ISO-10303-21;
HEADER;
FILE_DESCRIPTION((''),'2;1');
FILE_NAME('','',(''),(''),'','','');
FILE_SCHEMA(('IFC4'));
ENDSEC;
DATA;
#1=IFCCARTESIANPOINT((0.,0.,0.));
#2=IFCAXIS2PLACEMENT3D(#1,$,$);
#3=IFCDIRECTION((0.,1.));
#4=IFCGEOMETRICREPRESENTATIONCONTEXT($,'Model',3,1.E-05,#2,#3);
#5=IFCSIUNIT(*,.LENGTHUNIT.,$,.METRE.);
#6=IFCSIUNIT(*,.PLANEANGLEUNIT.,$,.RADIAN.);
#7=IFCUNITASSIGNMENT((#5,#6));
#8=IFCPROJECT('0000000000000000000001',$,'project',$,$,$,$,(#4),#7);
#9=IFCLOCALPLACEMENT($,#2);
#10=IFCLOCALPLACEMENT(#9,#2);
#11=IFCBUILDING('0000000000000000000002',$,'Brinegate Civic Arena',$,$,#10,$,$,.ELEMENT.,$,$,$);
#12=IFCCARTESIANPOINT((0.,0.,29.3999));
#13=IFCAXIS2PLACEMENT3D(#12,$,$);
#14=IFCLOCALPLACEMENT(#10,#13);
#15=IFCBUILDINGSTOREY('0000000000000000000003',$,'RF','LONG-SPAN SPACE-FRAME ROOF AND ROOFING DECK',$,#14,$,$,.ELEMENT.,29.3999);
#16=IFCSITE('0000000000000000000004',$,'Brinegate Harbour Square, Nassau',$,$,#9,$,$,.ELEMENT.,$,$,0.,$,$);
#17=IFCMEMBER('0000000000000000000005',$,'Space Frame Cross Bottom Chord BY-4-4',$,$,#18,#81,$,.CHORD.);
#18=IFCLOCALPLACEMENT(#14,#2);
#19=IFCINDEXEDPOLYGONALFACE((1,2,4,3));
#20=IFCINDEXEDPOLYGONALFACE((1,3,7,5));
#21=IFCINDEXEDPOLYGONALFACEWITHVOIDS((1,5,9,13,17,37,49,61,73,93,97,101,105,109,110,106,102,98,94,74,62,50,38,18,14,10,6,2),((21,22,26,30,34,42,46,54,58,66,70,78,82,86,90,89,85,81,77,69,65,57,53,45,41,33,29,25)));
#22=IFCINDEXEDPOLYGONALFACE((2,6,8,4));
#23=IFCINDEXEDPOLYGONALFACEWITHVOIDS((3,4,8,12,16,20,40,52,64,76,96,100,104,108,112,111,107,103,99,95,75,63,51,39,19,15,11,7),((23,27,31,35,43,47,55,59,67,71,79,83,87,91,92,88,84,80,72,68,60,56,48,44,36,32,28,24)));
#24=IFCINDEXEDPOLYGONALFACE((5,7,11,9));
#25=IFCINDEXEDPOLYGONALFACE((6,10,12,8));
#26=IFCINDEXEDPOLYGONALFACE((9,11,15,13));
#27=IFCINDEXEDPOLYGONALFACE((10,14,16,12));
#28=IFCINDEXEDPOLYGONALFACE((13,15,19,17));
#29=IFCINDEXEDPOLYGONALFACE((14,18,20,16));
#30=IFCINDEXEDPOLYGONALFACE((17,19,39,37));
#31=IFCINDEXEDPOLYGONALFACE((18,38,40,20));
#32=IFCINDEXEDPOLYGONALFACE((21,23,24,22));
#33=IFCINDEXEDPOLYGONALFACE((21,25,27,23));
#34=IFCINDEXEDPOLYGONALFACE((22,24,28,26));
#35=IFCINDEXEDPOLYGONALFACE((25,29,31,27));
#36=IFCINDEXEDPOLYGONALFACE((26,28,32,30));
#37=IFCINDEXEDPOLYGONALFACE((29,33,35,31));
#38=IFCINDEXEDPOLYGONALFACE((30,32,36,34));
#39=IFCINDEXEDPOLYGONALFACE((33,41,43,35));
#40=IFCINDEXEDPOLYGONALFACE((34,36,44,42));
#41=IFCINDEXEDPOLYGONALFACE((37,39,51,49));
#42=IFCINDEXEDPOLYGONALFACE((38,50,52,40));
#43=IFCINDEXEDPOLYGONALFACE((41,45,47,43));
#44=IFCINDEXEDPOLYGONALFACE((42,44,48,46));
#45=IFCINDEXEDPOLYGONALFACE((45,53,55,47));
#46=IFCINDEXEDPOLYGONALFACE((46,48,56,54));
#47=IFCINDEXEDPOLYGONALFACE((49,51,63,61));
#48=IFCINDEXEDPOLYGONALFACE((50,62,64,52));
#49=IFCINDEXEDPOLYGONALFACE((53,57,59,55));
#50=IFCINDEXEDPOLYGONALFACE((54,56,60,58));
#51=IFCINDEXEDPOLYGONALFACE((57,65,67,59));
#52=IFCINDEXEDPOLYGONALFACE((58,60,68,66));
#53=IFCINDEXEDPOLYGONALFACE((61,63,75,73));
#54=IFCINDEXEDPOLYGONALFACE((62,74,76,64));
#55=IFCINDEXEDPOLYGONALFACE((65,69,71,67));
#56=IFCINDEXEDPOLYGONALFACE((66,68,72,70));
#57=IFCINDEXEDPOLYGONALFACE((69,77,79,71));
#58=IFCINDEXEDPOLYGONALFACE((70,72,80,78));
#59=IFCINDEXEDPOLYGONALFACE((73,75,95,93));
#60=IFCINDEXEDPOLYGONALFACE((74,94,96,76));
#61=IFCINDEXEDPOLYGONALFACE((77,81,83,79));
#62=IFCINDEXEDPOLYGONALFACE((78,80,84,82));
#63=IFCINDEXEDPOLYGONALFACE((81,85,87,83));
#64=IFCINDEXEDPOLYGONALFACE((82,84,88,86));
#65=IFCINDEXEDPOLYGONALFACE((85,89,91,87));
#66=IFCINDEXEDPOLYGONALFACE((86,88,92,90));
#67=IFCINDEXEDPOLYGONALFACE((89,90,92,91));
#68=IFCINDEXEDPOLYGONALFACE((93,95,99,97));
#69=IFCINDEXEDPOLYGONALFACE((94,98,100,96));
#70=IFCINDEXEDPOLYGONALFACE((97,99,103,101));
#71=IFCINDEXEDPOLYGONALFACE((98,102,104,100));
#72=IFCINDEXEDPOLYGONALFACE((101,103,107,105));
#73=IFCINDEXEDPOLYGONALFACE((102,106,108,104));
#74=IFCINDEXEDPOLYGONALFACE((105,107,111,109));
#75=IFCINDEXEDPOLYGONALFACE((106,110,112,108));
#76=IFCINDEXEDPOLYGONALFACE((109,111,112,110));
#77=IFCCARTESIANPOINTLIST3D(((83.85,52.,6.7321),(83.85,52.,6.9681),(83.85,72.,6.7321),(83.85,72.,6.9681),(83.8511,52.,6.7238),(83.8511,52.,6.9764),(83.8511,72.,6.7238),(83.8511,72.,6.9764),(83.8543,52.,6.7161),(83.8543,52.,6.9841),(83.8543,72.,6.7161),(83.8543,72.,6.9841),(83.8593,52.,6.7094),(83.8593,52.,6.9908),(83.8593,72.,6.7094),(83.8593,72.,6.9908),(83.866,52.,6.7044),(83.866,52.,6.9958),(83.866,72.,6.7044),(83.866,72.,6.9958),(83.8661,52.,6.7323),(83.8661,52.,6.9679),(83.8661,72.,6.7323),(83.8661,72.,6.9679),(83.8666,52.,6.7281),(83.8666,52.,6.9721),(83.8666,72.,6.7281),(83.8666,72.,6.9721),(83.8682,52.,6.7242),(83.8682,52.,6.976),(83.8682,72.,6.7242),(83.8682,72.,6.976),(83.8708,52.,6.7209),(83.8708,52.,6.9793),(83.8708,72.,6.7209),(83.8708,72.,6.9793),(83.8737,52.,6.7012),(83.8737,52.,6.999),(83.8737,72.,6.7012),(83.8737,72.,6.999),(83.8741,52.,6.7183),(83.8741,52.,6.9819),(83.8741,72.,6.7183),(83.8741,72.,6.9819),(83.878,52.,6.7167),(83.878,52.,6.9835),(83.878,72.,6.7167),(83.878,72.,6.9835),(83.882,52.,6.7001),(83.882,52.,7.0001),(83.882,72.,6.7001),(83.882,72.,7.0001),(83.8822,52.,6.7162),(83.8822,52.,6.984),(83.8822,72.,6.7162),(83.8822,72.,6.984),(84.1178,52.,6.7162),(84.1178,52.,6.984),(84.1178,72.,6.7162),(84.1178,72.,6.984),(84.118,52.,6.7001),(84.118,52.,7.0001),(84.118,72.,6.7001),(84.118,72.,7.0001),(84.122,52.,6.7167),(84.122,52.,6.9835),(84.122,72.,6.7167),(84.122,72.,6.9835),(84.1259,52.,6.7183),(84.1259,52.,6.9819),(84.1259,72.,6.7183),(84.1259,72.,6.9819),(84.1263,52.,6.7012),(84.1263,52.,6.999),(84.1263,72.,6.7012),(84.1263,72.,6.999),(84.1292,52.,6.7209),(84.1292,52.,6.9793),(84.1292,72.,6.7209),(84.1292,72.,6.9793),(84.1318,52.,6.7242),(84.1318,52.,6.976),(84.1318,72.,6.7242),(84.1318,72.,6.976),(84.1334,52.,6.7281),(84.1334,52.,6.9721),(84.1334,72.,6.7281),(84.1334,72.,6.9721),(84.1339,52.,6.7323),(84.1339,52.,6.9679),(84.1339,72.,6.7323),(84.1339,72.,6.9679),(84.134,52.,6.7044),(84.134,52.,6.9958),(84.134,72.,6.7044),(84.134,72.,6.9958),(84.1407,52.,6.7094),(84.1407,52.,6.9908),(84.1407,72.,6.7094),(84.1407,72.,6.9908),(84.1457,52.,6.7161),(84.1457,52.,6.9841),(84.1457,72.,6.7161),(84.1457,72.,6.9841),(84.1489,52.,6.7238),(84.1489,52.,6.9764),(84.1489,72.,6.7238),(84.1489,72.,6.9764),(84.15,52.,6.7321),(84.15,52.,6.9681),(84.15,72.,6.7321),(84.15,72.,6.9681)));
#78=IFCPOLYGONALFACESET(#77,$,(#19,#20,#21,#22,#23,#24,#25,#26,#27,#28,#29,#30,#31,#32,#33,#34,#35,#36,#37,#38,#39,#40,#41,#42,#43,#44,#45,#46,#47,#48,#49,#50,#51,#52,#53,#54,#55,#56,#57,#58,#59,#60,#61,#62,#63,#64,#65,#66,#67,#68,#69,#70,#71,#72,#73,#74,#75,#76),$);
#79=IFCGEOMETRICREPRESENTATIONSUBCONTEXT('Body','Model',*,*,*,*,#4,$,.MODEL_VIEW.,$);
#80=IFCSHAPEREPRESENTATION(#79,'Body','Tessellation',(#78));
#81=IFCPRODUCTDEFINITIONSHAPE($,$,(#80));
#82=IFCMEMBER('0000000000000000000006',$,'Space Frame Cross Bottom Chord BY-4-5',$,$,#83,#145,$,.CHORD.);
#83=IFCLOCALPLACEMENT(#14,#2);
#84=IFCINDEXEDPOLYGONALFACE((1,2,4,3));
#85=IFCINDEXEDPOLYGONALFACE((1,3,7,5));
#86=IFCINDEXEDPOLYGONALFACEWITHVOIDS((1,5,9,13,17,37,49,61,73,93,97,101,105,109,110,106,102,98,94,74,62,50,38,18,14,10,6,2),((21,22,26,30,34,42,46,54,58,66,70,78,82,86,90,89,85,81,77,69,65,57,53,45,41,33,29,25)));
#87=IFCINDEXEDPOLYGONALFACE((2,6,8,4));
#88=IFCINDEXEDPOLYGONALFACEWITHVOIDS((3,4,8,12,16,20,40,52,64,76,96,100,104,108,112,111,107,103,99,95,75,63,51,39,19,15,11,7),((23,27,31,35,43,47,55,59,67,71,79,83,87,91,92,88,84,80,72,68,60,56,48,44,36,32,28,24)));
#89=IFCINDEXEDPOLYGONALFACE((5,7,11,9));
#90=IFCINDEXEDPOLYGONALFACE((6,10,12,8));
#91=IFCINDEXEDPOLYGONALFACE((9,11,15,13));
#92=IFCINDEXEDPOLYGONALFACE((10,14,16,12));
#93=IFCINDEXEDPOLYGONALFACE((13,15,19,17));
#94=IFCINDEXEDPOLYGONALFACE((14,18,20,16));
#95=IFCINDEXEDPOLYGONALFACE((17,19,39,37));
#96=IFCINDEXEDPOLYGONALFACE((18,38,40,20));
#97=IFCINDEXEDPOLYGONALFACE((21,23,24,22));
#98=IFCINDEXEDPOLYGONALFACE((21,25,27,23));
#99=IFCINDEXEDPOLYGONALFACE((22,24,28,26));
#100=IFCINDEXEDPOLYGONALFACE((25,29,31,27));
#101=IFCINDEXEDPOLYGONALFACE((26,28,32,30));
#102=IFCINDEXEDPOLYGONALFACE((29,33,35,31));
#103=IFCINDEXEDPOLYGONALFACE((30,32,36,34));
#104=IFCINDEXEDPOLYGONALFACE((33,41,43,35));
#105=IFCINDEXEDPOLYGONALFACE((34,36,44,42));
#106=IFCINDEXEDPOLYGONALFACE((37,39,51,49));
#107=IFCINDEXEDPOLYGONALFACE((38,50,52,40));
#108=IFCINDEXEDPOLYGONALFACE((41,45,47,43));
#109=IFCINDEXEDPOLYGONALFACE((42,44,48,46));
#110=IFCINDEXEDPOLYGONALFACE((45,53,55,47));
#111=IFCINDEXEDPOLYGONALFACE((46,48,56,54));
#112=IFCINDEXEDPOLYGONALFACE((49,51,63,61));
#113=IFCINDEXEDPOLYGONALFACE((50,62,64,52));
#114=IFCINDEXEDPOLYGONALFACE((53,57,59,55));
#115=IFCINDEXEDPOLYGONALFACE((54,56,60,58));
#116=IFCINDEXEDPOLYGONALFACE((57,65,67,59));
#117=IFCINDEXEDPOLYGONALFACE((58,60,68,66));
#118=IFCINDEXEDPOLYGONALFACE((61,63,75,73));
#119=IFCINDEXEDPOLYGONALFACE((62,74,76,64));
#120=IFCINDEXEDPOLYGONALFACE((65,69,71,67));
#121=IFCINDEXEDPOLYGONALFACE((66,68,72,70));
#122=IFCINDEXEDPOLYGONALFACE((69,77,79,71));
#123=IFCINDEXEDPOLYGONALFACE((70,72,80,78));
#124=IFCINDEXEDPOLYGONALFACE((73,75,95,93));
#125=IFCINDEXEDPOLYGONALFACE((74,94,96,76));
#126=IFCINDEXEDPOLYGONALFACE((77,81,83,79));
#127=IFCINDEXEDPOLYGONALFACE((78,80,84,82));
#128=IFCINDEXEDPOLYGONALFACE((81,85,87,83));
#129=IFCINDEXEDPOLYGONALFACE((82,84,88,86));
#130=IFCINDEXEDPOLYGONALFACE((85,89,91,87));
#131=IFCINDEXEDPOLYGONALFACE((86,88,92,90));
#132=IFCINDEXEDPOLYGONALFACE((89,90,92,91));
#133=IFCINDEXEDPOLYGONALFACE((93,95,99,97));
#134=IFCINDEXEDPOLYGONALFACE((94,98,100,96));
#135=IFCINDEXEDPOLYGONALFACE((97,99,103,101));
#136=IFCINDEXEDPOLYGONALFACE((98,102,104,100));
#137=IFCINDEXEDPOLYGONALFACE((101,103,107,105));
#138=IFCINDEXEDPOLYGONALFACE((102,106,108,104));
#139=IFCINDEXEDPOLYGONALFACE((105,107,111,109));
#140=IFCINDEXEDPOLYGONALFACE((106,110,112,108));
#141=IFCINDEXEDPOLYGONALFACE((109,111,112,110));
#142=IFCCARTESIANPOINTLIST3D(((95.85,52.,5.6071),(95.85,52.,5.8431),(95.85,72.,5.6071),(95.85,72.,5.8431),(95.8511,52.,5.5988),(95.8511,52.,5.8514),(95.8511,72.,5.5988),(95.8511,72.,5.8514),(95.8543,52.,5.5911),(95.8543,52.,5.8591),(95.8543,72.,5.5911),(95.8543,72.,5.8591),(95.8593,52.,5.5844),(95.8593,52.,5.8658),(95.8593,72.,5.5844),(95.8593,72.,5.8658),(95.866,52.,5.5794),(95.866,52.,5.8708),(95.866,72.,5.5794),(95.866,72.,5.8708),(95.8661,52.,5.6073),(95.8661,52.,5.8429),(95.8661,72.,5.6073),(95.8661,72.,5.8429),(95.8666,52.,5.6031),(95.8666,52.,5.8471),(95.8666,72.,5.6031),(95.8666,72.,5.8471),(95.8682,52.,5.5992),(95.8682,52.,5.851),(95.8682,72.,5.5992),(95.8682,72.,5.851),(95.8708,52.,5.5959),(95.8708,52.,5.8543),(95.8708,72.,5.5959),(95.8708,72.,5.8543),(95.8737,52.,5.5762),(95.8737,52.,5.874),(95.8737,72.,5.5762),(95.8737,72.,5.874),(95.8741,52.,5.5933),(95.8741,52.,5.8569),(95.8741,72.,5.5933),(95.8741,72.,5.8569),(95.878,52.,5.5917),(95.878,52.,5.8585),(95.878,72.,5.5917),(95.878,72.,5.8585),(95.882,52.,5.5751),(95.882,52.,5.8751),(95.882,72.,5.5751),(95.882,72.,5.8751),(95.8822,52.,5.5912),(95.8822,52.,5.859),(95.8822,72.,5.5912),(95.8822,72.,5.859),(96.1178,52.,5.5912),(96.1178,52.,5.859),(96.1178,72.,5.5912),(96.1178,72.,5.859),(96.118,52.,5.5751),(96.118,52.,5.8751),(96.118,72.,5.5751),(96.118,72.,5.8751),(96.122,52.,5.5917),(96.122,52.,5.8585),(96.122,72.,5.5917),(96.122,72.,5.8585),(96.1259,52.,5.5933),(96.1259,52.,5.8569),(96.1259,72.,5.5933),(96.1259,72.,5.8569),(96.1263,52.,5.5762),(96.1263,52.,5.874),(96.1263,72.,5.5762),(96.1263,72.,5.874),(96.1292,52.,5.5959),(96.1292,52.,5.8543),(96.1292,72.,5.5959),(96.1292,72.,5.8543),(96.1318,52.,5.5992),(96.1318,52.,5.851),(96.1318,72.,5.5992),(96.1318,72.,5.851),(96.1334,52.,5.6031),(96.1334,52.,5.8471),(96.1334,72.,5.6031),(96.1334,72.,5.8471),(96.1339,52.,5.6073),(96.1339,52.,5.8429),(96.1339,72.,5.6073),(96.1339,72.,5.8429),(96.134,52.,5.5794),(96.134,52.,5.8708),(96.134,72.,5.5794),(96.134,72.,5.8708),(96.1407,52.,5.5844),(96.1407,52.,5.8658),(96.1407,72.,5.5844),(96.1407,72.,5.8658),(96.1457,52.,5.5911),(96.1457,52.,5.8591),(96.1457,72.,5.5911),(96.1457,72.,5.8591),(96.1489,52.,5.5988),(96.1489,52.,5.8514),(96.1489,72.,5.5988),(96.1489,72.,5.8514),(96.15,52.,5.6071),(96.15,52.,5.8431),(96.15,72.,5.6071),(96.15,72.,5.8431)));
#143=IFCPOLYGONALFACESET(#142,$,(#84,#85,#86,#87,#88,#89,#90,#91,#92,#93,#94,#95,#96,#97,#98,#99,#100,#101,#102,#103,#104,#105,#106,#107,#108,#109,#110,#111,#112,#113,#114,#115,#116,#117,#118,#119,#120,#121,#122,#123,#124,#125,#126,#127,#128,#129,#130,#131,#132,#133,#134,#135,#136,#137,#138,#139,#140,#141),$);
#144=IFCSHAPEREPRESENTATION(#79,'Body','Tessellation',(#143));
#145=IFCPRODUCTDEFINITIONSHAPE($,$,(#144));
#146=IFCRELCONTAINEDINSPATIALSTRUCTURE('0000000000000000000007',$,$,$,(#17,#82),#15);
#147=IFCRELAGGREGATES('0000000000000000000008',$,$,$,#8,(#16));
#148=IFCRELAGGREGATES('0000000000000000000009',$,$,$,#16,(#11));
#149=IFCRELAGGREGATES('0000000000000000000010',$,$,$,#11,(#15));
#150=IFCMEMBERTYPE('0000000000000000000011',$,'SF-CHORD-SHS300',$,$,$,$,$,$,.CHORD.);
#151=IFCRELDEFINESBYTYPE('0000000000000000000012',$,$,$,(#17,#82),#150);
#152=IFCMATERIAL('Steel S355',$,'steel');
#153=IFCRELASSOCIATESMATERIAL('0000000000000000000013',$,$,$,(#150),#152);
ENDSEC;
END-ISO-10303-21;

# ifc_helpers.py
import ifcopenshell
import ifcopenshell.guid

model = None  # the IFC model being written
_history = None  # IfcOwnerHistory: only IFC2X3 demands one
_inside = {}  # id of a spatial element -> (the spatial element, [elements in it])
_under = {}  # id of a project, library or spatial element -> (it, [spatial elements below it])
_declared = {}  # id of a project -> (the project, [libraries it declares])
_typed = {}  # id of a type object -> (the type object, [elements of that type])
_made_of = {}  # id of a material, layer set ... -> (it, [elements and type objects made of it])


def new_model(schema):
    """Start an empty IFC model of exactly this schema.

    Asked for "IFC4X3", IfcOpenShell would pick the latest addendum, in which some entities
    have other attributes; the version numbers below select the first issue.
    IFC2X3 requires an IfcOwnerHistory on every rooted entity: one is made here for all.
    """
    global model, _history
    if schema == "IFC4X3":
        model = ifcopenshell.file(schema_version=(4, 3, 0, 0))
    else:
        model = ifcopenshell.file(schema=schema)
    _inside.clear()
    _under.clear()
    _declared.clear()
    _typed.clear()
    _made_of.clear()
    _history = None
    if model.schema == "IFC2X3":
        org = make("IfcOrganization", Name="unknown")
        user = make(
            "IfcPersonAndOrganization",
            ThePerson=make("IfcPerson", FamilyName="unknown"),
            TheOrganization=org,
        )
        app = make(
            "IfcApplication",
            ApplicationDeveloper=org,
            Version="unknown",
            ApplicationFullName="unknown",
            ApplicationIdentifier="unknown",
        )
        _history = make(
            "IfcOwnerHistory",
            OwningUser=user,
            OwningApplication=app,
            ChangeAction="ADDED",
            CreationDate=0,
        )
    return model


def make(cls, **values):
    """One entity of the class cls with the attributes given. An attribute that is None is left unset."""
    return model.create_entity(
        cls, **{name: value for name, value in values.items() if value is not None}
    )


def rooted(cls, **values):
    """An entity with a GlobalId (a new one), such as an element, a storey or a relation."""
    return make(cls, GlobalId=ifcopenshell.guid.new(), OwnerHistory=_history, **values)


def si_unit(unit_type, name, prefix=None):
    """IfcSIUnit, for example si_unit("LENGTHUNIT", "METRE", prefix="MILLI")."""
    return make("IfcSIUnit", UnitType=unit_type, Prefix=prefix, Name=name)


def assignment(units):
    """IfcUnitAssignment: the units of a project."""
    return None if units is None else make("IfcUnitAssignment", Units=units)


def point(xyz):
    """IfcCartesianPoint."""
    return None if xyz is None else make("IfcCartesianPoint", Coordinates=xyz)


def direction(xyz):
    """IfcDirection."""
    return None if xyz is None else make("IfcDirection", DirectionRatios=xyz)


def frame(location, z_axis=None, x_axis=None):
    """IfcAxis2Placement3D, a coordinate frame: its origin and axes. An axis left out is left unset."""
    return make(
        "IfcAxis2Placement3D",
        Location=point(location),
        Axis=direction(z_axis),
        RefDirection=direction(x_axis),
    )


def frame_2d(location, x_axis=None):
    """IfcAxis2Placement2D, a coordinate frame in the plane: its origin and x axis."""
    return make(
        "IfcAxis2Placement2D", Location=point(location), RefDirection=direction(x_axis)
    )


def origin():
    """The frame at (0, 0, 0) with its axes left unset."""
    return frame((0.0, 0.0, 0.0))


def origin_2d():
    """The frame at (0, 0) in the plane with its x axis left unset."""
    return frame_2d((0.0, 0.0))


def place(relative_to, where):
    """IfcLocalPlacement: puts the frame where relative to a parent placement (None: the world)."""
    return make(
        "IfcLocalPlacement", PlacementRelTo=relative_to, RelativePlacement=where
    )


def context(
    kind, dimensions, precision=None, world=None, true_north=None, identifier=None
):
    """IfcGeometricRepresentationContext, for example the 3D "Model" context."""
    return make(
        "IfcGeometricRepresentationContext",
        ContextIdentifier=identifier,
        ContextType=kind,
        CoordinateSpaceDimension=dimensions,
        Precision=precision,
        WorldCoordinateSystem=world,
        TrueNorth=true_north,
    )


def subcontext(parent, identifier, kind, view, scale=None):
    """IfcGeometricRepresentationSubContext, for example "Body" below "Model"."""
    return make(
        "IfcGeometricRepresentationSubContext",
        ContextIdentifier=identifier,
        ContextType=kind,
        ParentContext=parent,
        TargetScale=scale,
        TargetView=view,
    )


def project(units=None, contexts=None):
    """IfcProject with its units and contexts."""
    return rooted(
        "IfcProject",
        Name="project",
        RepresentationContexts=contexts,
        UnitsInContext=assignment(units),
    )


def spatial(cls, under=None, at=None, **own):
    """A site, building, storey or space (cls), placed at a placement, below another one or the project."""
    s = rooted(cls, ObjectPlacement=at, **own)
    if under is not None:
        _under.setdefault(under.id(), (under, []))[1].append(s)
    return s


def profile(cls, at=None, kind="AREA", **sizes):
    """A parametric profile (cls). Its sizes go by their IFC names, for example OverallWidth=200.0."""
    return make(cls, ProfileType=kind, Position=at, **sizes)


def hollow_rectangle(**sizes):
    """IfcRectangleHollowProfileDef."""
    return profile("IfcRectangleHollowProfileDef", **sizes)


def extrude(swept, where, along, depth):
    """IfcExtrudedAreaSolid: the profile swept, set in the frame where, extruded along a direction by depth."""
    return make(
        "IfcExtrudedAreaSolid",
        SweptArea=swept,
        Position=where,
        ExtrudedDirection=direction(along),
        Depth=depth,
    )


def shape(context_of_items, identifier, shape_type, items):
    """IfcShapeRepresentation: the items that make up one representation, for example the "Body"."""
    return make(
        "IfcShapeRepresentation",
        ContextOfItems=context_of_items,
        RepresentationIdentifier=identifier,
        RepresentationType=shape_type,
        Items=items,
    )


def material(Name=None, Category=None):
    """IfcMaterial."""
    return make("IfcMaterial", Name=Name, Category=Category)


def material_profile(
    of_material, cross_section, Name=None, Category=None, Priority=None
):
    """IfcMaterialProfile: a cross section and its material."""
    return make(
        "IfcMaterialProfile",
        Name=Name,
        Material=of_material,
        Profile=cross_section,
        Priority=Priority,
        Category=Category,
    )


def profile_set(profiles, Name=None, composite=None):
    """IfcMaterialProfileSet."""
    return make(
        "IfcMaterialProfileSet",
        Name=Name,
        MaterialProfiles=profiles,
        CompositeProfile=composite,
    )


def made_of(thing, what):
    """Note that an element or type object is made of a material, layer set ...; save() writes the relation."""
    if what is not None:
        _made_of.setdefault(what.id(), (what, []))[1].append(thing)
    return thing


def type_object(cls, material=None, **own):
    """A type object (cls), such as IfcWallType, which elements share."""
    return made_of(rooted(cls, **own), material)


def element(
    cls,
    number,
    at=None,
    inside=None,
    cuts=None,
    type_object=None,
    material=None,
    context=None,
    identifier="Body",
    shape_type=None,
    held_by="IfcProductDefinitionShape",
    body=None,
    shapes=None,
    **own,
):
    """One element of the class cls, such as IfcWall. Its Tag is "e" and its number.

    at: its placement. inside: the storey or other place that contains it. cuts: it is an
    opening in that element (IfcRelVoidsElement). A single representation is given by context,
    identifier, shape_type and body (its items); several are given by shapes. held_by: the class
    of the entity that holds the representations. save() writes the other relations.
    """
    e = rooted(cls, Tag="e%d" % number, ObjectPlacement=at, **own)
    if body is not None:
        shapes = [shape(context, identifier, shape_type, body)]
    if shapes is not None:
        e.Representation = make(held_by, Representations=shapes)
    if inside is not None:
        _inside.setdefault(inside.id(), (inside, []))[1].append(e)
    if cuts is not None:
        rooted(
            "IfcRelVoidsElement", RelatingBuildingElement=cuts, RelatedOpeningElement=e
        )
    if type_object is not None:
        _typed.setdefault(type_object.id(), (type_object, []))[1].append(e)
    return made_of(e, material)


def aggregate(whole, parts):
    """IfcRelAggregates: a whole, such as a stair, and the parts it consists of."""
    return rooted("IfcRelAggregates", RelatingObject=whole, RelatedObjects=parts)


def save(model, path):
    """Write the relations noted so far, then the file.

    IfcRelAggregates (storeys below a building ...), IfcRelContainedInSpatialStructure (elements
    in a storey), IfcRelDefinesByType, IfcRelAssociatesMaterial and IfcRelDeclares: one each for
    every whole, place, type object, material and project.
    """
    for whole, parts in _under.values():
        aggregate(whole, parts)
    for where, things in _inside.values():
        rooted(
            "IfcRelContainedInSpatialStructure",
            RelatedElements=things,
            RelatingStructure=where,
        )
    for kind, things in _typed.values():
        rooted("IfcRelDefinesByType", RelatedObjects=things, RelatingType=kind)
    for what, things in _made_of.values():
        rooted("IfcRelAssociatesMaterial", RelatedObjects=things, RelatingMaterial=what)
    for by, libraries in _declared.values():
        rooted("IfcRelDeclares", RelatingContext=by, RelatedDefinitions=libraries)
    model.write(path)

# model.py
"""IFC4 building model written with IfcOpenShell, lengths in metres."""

from ifc_helpers import new_model, si_unit, direction, frame, origin, origin_2d, place, context, subcontext, project, spatial, hollow_rectangle, extrude, material, material_profile, profile_set, type_object, element, save


model = new_model("IFC4")

# Units and contexts
model_context = context("Model", 3, precision=1e-05, world=origin(), true_north=direction((0.0, 1.0)))
body_context = subcontext(model_context, "Body", "Model", "MODEL_VIEW")
ifc_project = project(units=[si_unit("LENGTHUNIT", "METRE"), si_unit("PLANEANGLEUNIT", "RADIAN")], contexts=[model_context])

# Site, building, storey
site_placement = place(None, origin())
site = spatial("IfcSite", under=ifc_project, at=site_placement, Name="Brinegate Harbour Square, Nassau", CompositionType="ELEMENT", RefElevation=0.0)
building_placement = place(site_placement, origin())
building = spatial("IfcBuilding", under=site, at=building_placement, Name="Brinegate Civic Arena", CompositionType="ELEMENT")
storey_placement = place(building_placement, frame((0.0, 0.0, 29.3999)))
storey = spatial("IfcBuildingStorey", under=building, at=storey_placement, Name="RF", Description="LONG-SPAN SPACE-FRAME ROOF AND ROOFING DECK", CompositionType="ELEMENT", Elevation=29.3999)

# Members
ifc_material = material(Name="Steel S355", Category="steel")
ifc_material_profile_1 = material_profile(ifc_material, hollow_rectangle(XDim=0.3, YDim=0.3, WallThickness=0.0161, InnerFilletRadius=0.0161, OuterFilletRadius=0.032, at=origin_2d()), Name="SHS300X16")
ifc_profile_set_1 = profile_set([ifc_material_profile_1], Name="Steel S355")
member_type_1 = type_object("IfcMemberType", Name="SF-CHORD-SHS300", PredefinedType="CHORD", material=ifc_profile_set_1)
for number, where, z_axis, x_axis, name in (
    (1, (84.0, 52.0, 6.8501), (0.0, 1.0, 0.0), (-1.0, 0.0, 0.0), "Space Frame Cross Bottom Chord BY-4-4"),
    (2, (96.0, 52.0, 5.7251), (0.0, 1.0, 0.0), (-1.0, 0.0, 0.0), "Space Frame Cross Bottom Chord BY-4-5"),
):
    element("IfcMember", number, at=place(storey_placement, frame(where, z_axis=z_axis, x_axis=x_axis)), inside=storey, type_object=member_type_1, Name=name, PredefinedType="CHORD", context=body_context, shape_type="SweptSolid", body=[
        extrude(hollow_rectangle(XDim=0.3, YDim=0.3, WallThickness=0.0161, InnerFilletRadius=0.0161, OuterFilletRadius=0.032, at=origin_2d()), origin(), (0.0, 0.0, 1.0), 20.0),
    ])

save(model, "model.ifc")
